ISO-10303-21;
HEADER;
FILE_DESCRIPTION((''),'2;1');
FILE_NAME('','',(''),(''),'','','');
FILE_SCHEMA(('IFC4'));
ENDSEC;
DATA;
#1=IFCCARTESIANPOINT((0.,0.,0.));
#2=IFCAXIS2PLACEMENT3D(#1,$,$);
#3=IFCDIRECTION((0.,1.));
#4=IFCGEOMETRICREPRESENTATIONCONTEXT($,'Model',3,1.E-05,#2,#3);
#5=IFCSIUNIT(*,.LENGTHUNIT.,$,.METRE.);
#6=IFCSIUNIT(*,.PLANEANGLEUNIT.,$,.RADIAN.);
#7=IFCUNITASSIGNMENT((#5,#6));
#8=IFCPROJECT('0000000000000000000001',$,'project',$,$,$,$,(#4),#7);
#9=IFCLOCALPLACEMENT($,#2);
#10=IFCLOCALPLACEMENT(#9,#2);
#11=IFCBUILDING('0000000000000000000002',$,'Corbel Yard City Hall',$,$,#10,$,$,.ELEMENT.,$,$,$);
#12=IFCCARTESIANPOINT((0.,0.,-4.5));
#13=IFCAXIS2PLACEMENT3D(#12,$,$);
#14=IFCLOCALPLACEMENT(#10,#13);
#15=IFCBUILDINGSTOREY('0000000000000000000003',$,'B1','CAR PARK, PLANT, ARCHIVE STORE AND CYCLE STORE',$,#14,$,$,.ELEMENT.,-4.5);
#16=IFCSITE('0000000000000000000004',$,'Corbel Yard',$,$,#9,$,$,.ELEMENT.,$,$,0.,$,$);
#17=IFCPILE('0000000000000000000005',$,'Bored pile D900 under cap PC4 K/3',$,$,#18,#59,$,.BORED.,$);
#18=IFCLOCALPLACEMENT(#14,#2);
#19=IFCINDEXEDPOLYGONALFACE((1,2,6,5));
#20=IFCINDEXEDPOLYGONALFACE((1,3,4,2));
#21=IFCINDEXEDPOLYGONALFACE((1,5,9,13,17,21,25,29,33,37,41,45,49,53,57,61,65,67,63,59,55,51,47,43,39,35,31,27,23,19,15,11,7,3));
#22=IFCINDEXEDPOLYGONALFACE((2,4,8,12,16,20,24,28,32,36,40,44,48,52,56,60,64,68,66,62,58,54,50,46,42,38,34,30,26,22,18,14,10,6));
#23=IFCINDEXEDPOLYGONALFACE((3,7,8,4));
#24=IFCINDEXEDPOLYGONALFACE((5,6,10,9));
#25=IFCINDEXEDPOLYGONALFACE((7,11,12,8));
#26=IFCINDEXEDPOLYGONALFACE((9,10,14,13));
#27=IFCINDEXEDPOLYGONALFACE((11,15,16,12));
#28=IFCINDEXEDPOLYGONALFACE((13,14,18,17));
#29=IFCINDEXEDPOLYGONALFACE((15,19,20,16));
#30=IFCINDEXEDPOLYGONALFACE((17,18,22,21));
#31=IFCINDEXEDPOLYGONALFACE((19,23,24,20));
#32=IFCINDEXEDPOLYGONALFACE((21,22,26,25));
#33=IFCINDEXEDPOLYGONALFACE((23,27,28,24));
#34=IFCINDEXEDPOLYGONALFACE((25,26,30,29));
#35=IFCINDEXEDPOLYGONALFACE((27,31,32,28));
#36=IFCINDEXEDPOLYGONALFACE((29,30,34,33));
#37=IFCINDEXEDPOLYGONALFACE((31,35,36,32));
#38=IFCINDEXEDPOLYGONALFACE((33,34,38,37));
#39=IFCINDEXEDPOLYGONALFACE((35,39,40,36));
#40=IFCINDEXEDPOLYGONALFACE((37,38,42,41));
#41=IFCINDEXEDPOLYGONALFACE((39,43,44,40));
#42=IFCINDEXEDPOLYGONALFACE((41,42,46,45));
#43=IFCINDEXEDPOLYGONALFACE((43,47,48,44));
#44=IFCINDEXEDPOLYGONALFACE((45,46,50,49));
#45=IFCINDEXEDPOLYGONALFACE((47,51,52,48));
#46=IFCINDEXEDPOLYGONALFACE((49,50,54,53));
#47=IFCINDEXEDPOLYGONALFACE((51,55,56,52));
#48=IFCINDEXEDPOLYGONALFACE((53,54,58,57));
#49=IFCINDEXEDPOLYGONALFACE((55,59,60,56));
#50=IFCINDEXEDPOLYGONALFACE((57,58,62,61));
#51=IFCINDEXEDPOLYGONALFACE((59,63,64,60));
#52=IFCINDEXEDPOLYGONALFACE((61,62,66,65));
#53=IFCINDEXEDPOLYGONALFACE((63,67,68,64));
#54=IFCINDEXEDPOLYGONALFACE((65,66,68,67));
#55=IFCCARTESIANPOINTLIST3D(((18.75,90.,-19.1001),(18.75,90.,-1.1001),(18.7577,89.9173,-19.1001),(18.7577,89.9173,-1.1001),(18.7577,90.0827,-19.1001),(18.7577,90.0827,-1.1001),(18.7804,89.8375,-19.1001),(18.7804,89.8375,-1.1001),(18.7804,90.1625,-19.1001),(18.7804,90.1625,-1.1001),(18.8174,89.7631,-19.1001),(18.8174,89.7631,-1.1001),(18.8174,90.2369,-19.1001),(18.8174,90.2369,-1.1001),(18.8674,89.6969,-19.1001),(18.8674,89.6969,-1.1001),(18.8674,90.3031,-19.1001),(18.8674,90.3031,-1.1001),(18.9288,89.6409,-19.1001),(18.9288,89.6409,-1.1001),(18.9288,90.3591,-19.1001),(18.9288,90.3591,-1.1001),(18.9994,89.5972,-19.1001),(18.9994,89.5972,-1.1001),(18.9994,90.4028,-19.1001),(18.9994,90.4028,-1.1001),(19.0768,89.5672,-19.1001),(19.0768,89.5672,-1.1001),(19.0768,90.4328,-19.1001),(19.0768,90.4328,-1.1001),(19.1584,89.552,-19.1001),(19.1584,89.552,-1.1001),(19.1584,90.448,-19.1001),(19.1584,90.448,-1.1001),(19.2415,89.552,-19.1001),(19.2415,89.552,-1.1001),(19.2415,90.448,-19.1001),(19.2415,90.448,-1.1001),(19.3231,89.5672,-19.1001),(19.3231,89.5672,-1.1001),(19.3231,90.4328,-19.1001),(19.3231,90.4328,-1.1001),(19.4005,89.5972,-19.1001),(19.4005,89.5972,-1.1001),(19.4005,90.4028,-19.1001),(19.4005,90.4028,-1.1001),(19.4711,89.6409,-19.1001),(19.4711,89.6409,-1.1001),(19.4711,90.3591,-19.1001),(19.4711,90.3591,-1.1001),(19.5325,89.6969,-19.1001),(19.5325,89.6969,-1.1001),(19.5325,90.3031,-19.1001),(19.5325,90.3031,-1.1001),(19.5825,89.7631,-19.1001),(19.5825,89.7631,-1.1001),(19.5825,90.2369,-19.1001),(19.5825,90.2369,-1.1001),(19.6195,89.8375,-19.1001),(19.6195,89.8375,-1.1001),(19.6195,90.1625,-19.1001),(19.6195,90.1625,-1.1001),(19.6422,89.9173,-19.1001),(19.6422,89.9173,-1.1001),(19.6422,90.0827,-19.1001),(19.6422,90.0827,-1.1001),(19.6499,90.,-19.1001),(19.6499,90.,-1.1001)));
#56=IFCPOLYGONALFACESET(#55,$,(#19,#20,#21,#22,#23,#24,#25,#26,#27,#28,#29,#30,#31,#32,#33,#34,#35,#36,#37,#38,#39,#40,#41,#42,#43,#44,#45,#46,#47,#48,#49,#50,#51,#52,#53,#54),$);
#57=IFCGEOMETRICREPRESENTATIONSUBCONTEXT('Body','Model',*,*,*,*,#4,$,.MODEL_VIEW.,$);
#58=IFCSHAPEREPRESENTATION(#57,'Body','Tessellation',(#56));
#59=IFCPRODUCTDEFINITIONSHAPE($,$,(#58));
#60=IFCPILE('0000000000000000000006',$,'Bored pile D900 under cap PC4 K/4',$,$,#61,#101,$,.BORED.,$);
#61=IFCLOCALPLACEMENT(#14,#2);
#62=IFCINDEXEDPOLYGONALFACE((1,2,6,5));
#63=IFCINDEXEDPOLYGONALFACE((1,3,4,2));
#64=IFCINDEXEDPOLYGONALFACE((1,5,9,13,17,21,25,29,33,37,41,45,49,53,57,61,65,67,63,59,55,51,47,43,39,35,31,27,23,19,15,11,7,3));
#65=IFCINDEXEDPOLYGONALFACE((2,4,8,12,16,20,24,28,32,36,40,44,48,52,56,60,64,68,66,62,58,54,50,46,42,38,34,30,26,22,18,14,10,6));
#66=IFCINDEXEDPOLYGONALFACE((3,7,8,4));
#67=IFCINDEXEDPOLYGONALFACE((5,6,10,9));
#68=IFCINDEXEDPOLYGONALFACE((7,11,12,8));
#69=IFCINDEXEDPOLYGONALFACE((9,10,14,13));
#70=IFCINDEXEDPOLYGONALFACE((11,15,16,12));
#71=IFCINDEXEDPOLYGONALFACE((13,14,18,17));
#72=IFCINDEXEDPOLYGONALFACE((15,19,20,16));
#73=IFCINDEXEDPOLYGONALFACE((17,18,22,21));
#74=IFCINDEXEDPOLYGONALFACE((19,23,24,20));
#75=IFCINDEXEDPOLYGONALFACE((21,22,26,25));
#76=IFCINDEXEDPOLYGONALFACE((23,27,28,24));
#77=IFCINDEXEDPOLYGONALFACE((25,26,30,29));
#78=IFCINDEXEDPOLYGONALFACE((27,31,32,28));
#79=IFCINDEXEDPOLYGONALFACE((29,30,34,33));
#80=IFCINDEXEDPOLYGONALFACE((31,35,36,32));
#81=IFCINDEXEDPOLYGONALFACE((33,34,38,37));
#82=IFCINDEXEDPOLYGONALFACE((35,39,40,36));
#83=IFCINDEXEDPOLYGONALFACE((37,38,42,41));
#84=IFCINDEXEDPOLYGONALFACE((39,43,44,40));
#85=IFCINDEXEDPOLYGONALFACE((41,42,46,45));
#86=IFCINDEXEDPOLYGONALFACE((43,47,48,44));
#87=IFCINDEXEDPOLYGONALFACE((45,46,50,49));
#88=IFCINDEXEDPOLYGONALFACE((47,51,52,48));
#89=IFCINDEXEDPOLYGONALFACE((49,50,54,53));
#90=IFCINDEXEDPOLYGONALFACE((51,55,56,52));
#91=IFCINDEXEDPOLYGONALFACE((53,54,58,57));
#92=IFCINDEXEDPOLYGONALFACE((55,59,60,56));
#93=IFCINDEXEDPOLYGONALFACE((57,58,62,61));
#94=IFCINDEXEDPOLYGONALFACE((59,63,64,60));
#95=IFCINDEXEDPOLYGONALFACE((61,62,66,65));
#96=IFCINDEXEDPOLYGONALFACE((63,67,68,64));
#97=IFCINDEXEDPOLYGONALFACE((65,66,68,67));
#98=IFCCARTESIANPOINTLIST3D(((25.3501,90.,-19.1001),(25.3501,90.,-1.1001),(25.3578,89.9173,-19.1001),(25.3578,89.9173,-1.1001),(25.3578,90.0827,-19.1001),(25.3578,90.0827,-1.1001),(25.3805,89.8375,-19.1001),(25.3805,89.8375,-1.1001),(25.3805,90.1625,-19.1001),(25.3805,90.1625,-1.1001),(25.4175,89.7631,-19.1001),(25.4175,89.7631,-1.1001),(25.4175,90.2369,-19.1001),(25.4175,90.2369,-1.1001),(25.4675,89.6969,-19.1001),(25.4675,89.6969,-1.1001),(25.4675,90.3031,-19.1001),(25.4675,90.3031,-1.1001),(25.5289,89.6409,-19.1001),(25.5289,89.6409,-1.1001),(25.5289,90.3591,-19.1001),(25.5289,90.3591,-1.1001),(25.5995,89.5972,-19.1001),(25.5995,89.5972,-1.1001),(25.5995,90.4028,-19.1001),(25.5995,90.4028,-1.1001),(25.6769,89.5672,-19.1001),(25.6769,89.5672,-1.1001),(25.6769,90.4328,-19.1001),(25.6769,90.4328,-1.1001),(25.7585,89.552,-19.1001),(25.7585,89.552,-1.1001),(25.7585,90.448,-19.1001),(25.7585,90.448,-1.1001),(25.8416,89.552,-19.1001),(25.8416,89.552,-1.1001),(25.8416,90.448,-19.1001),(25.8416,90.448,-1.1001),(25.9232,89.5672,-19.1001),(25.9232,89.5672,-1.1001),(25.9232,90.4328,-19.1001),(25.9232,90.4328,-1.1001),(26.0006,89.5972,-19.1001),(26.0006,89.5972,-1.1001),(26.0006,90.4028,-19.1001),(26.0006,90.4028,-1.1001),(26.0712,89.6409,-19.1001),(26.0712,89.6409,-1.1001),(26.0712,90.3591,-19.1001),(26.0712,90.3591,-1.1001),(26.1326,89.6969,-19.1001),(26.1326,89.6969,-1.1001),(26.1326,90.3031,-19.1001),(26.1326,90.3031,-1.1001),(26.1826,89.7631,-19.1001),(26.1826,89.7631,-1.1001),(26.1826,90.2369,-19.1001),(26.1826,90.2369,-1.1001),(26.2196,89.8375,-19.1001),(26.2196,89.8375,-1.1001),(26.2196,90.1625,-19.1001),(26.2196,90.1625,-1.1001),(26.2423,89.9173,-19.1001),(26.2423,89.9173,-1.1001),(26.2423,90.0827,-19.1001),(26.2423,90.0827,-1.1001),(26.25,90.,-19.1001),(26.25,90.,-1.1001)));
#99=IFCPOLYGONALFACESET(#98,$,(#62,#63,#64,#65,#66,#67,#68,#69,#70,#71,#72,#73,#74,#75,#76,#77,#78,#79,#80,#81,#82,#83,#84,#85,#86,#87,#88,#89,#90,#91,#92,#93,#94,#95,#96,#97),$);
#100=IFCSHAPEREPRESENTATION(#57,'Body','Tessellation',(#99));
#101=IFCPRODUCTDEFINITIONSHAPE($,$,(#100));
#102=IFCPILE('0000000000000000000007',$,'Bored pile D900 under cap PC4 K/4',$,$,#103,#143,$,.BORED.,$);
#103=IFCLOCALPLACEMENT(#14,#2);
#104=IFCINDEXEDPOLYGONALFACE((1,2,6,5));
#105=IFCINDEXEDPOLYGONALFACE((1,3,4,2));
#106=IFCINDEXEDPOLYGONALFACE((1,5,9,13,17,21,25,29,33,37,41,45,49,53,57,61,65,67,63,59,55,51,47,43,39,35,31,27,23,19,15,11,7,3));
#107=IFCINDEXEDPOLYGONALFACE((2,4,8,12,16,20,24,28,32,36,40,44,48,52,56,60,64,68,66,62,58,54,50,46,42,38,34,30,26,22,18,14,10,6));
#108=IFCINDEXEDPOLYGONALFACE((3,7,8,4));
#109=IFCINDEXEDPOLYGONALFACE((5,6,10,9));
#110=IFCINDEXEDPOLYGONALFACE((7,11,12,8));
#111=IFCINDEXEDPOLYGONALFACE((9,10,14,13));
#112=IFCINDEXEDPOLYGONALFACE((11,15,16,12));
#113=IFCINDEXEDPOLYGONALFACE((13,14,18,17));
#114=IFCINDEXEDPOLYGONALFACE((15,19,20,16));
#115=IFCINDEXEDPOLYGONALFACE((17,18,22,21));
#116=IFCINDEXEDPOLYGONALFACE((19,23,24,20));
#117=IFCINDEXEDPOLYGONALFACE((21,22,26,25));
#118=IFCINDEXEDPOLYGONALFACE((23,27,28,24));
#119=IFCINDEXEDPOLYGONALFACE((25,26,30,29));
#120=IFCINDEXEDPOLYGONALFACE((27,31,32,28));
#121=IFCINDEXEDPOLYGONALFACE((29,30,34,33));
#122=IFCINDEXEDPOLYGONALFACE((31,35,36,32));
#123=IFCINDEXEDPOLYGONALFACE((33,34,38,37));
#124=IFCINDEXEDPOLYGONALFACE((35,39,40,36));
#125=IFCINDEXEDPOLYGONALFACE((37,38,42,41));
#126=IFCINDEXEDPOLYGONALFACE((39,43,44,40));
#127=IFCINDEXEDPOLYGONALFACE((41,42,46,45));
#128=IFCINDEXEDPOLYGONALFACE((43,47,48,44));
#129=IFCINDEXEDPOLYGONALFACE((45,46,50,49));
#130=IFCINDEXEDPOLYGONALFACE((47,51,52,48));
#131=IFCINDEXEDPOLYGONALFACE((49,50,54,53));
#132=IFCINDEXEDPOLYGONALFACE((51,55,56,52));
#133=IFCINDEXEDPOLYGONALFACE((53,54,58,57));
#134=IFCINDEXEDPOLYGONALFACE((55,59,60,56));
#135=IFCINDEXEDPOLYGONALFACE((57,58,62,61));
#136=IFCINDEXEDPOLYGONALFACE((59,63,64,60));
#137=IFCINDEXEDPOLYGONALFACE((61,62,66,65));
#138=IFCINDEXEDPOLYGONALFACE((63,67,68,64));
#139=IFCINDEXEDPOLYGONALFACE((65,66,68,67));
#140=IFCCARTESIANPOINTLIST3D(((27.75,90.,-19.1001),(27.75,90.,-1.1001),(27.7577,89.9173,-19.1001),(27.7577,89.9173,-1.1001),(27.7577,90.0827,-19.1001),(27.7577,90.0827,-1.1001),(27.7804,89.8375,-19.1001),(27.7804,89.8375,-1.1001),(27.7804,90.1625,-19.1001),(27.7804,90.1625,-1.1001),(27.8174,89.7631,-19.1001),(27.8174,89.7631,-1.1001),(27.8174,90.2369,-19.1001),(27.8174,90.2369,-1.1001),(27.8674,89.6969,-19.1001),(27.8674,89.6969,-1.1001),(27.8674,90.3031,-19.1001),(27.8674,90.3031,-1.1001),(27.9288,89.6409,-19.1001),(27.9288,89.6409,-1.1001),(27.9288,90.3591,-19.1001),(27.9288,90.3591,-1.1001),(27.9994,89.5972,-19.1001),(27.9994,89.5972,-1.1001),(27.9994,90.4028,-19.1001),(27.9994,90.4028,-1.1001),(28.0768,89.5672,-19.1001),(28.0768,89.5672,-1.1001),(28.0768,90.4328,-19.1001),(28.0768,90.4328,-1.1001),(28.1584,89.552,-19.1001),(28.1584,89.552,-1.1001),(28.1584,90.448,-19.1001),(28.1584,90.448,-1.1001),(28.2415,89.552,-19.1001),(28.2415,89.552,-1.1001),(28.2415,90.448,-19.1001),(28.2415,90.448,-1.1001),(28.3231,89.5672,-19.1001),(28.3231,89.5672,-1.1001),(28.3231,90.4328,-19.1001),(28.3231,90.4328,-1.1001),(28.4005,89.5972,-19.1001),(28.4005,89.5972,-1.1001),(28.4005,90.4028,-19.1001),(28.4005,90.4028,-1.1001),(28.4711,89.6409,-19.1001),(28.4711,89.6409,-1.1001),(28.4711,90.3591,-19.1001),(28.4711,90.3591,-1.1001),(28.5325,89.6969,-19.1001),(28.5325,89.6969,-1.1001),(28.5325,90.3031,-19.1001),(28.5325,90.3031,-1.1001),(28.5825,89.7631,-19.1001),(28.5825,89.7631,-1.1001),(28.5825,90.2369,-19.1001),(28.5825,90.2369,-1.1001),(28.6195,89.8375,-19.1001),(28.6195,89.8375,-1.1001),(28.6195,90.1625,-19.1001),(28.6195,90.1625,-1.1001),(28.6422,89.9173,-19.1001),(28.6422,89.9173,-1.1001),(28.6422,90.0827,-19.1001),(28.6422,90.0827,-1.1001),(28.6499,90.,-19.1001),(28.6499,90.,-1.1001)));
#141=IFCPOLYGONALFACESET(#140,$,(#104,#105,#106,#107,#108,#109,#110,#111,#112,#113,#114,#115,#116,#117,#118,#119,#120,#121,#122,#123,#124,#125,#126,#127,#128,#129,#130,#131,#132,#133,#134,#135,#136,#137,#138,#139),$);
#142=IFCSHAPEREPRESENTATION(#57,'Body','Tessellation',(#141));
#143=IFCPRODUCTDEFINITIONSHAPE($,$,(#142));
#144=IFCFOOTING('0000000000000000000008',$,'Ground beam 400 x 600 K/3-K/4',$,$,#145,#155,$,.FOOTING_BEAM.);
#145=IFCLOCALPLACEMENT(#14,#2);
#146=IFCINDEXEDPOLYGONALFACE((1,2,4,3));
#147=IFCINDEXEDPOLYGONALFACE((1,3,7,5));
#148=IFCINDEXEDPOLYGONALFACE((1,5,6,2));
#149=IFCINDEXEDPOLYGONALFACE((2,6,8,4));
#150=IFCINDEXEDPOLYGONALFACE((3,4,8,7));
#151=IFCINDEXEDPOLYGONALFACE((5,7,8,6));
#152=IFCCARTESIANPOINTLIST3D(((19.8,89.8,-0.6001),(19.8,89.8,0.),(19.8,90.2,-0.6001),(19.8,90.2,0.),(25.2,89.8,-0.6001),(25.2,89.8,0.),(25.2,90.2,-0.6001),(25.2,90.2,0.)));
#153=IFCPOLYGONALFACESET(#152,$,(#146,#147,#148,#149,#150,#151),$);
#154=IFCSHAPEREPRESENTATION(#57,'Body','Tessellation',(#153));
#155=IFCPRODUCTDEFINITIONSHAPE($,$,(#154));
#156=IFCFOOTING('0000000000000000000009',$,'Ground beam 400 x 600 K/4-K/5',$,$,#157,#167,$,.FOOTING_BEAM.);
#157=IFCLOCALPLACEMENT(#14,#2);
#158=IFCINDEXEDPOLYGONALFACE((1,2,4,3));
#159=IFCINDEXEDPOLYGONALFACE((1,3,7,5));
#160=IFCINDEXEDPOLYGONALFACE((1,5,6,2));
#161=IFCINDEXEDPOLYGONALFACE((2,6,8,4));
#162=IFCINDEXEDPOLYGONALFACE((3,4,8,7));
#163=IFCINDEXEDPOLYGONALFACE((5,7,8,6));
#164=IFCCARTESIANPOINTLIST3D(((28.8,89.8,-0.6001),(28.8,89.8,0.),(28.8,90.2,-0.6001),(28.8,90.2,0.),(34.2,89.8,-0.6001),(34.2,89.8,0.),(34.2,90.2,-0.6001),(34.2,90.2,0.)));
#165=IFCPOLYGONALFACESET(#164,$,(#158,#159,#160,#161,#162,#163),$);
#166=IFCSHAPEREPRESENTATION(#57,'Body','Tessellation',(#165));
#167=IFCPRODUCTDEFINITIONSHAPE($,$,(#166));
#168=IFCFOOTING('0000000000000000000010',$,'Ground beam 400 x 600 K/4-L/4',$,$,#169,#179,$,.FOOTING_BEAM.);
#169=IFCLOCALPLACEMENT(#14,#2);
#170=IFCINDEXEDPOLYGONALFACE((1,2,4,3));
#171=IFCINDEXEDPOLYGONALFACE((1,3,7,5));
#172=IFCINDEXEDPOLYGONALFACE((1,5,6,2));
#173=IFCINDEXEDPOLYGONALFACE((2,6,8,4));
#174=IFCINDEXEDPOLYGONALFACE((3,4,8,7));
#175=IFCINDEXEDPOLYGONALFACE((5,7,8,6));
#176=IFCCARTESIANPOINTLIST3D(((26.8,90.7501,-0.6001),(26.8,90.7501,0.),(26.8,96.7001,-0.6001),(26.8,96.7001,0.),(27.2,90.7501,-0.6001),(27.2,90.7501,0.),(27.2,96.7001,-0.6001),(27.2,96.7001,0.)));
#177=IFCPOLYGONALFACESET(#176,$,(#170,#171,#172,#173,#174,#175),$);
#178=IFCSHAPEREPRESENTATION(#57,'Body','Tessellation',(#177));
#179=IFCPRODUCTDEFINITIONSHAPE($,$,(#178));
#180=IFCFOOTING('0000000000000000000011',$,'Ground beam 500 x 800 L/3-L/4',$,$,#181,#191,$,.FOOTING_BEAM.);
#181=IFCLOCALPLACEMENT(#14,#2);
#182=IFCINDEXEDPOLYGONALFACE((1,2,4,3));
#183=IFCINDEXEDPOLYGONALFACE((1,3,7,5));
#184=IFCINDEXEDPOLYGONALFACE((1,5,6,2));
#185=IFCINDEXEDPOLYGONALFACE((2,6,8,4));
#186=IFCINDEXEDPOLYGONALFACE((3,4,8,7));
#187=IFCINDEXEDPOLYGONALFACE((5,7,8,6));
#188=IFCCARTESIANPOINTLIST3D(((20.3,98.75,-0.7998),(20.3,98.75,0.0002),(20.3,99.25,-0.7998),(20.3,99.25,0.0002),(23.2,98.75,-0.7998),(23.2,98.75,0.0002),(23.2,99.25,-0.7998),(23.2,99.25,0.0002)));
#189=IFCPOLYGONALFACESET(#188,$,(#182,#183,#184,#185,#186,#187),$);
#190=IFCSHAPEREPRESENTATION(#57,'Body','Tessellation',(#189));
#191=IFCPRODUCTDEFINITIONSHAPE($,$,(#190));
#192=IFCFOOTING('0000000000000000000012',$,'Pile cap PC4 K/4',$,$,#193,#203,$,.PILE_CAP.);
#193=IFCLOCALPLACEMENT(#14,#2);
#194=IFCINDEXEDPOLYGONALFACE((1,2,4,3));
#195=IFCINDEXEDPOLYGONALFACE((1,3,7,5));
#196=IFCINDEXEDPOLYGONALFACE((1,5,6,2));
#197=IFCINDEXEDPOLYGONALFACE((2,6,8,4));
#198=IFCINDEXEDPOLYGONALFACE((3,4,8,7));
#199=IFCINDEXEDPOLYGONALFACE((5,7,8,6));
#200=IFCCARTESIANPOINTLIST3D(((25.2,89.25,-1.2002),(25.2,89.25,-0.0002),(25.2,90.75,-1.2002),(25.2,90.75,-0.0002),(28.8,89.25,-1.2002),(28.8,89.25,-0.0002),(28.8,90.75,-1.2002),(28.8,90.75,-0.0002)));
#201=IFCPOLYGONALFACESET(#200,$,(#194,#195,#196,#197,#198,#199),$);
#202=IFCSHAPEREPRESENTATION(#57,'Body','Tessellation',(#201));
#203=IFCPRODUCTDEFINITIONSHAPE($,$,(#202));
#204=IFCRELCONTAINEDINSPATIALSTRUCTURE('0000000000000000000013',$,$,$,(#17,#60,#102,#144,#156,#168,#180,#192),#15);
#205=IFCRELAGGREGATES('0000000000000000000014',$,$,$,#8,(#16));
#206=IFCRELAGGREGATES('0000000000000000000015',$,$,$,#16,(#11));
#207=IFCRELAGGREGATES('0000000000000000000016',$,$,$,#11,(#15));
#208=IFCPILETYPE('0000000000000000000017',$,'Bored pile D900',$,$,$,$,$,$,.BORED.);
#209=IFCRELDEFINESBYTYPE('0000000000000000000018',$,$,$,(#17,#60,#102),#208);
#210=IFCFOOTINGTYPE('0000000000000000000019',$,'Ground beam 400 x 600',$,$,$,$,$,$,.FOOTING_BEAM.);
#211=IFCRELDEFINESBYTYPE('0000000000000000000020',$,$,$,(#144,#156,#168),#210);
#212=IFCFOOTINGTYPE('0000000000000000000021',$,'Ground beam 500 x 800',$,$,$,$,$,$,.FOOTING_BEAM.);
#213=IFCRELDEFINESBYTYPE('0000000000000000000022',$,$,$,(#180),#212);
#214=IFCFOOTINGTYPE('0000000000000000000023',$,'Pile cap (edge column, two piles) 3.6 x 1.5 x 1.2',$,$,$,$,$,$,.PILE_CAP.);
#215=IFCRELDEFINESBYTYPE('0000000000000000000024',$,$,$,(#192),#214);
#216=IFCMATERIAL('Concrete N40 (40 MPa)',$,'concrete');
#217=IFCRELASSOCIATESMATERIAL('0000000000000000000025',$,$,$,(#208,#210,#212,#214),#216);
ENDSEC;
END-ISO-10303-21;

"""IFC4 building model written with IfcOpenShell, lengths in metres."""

from ifc_helpers import new_model, si_unit, direction, frame, origin, origin_2d, place, context, subcontext, project, spatial, rectangle, circle, extrude, material, material_profile, profile_set, type_object, element, save


model = new_model("IFC4")

# Units and contexts
model_context = context("Model", 3, precision=1e-05, world=origin(), true_north=direction((0.0, 1.0)))
body_context = subcontext(model_context, "Body", "Model", "MODEL_VIEW")
ifc_project = project(units=[si_unit("LENGTHUNIT", "METRE"), si_unit("PLANEANGLEUNIT", "RADIAN")], contexts=[model_context])

# Site, building, storey
site_placement = place(None, origin())
site = spatial("IfcSite", under=ifc_project, at=site_placement, Name="Corbel Yard", CompositionType="ELEMENT", RefElevation=0.0)
building_placement = place(site_placement, origin())
building = spatial("IfcBuilding", under=site, at=building_placement, Name="Corbel Yard City Hall", CompositionType="ELEMENT")
storey_placement = place(building_placement, frame((0.0, 0.0, -4.5)))
storey = spatial("IfcBuildingStorey", under=building, at=storey_placement, Name="B1", Description="CAR PARK, PLANT, ARCHIVE STORE AND CYCLE STORE", CompositionType="ELEMENT", Elevation=-4.5)

# Piles
ifc_material_1 = material(Name="Concrete N40 (40 MPa)", Category="concrete")
ifc_material_profile_1 = material_profile(ifc_material_1, circle(Radius=0.45, at=origin_2d()), Name="D900")
ifc_profile_set_1 = profile_set([ifc_material_profile_1], Name="Concrete N40 (40 MPa)")
pile_type_1 = type_object("IfcPileType", Name="Bored pile D900", PredefinedType="BORED", material=ifc_profile_set_1)
for number, where, z_axis, x_axis, name in (
    (1, (19.2, 90.0, -1.1001), (0.0, 0.0, -1.0), (1.0, 0.0, 0.0), "Bored pile D900 under cap PC4 K/3"),
    (2, (25.8, 90.0, -1.1001), (0.0, 0.0, -1.0), (1.0, 0.0, 0.0), "Bored pile D900 under cap PC4 K/4"),
    (3, (28.2, 90.0, -1.1001), (0.0, 0.0, -1.0), (1.0, 0.0, 0.0), "Bored pile D900 under cap PC4 K/4"),
):
    element("IfcPile", number, at=place(storey_placement, frame(where, z_axis=z_axis, x_axis=x_axis)), inside=storey, type_object=pile_type_1, Name=name, PredefinedType="BORED", context=body_context, shape_type="SweptSolid", body=[
        extrude(circle(Radius=0.45, at=origin_2d()), origin(), (0.0, 0.0, 1.0), 18.0),
    ])

# Footings
footing_type_1 = type_object("IfcFootingType", Name="Ground beam 400 x 600", PredefinedType="FOOTING_BEAM", material=ifc_material_1)
for number, where, z_axis, x_axis, name in (
    (4, (22.5, 90.0, -0.6001), (0.0, 0.0, 1.0), (1.0, 0.0, 0.0), "Ground beam 400 x 600 K/3-K/4"),
    (5, (31.5, 90.0, -0.6001), (0.0, 0.0, 1.0), (1.0, 0.0, 0.0), "Ground beam 400 x 600 K/4-K/5"),
):
    element("IfcFooting", number, at=place(storey_placement, frame(where, z_axis=z_axis, x_axis=x_axis)), inside=storey, type_object=footing_type_1, Name=name, PredefinedType="FOOTING_BEAM", context=body_context, shape_type="SweptSolid", body=[
        extrude(rectangle(XDim=5.3999, YDim=0.3999, at=origin_2d()), origin(), (0.0, 0.0, 1.0), 0.6001),
    ])
footing_1_placement = place(storey_placement, frame((27.0, 93.7251, -0.6001), z_axis=(0.0, 0.0, 1.0), x_axis=(1.0, 0.0, 0.0)))
element("IfcFooting", 6, at=footing_1_placement, inside=storey, type_object=footing_type_1, Name="Ground beam 400 x 600 K/4-L/4", PredefinedType="FOOTING_BEAM", context=body_context, shape_type="SweptSolid", body=[
    extrude(rectangle(XDim=0.3999, YDim=5.95, at=origin_2d()), origin(), (0.0, 0.0, 1.0), 0.6001),
])
footing_type_2 = type_object("IfcFootingType", Name="Ground beam 500 x 800", PredefinedType="FOOTING_BEAM", material=ifc_material_1)
footing_2_placement = place(storey_placement, frame((21.75, 99.0, -0.7998), z_axis=(0.0, 0.0, 1.0), x_axis=(1.0, 0.0, 0.0)))
element("IfcFooting", 7, at=footing_2_placement, inside=storey, type_object=footing_type_2, Name="Ground beam 500 x 800 L/3-L/4", PredefinedType="FOOTING_BEAM", context=body_context, shape_type="SweptSolid", body=[
    extrude(rectangle(XDim=2.8999, YDim=0.5, at=origin_2d()), origin(), (0.0, 0.0, 1.0), 0.8),
])
footing_type_3 = type_object("IfcFootingType", Name="Pile cap (edge column, two piles) 3.6 x 1.5 x 1.2", PredefinedType="PILE_CAP", material=ifc_material_1)
footing_3_placement = place(storey_placement, frame((27.0, 90.0, -1.2002), z_axis=(0.0, 0.0, 1.0), x_axis=(1.0, 0.0, 0.0)))
element("IfcFooting", 8, at=footing_3_placement, inside=storey, type_object=footing_type_3, Name="Pile cap PC4 K/4", PredefinedType="PILE_CAP", context=body_context, shape_type="SweptSolid", body=[
    extrude(rectangle(XDim=3.6001, YDim=1.5, at=origin_2d()), origin(), (0.0, 0.0, 1.0), 1.2),
])

save(model, "model.ifc")
